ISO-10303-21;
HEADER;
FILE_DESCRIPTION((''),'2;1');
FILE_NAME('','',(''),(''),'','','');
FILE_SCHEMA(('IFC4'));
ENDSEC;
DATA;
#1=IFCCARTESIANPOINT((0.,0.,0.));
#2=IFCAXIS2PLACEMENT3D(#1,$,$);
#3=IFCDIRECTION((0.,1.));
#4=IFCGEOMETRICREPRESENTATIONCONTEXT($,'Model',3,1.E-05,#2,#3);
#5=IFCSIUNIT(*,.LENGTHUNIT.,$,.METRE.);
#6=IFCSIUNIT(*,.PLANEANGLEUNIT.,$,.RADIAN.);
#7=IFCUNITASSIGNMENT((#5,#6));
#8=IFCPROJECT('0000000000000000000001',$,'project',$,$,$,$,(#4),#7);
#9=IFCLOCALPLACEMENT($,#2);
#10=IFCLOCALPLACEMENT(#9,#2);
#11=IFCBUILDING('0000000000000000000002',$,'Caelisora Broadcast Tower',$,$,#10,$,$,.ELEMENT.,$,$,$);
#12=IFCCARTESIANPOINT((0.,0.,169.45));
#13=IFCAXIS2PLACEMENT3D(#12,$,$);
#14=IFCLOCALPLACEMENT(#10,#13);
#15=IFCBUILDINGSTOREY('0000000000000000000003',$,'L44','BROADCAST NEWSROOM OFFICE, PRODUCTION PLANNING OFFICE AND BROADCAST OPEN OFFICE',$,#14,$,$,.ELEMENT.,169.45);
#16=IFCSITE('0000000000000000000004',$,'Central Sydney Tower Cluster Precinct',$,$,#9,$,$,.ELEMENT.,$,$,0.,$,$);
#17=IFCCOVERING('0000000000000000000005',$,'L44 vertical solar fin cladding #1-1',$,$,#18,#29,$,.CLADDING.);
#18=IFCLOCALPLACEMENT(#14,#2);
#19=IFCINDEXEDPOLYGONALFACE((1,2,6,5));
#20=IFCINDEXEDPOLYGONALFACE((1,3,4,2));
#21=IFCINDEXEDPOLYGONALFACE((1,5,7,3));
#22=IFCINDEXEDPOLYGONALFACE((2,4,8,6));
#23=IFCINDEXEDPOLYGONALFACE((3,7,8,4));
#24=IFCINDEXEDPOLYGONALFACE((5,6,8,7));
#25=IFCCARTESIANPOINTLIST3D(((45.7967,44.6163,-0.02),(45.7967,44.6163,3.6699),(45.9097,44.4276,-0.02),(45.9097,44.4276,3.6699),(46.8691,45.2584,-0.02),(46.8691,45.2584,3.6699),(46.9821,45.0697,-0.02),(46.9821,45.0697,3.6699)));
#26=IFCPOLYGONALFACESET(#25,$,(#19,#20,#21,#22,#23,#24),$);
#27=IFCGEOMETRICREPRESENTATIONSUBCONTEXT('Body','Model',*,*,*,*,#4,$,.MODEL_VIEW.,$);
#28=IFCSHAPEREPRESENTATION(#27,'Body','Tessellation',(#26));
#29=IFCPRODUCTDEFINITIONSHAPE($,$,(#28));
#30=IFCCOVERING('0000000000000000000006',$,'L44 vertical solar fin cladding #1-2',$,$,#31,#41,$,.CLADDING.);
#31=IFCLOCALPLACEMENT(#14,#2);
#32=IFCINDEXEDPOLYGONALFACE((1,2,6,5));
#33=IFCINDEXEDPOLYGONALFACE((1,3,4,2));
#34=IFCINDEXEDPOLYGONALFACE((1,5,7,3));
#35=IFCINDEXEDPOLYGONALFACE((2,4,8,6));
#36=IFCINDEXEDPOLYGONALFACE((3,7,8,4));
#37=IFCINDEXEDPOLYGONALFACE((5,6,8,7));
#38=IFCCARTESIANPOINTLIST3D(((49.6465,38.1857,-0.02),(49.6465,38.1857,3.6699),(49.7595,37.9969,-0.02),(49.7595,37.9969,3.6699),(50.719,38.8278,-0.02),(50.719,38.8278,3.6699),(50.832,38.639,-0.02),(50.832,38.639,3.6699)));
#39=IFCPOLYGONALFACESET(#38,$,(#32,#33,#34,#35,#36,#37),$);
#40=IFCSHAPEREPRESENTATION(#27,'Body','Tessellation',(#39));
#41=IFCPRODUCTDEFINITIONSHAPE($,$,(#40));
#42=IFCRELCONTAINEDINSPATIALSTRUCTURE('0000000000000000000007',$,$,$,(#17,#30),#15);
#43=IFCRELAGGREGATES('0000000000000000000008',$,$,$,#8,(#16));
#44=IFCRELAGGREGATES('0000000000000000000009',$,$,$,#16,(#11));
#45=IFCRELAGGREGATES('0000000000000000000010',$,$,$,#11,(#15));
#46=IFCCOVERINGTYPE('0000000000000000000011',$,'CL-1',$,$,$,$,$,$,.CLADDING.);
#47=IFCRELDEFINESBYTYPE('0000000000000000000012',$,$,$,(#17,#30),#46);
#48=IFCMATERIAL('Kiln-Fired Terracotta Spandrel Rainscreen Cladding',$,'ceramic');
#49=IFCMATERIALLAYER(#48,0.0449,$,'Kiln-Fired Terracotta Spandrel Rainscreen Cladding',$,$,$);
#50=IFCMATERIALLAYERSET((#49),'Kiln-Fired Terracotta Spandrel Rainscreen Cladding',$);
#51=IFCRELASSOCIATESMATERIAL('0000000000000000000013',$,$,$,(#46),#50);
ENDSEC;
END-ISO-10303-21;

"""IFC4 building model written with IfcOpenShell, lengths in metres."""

from ifc_helpers import new_model, si_unit, direction, frame, origin, origin_2d, place, context, subcontext, project, spatial, rectangle, extrude, source, transform, mapped, material, layer, layer_set, type_object, type_shapes, element, save


model = new_model("IFC4")

# Units and contexts
model_context = context("Model", 3, precision=1e-05, world=origin(), true_north=direction((0.0, 1.0)))
body_context = subcontext(model_context, "Body", "Model", "MODEL_VIEW")
ifc_project = project(units=[si_unit("LENGTHUNIT", "METRE"), si_unit("PLANEANGLEUNIT", "RADIAN")], contexts=[model_context])

# Site, building, storey
site_placement = place(None, origin())
site = spatial("IfcSite", under=ifc_project, at=site_placement, Name="Central Sydney Tower Cluster Precinct", CompositionType="ELEMENT", RefElevation=0.0)
building_placement = place(site_placement, origin())
building = spatial("IfcBuilding", under=site, at=building_placement, Name="Caelisora Broadcast Tower", CompositionType="ELEMENT")
storey_placement = place(building_placement, frame((0.0, 0.0, 169.45)))
storey = spatial("IfcBuildingStorey", under=building, at=storey_placement, Name="L44", Description="BROADCAST NEWSROOM OFFICE, PRODUCTION PLANNING OFFICE AND BROADCAST OPEN OFFICE", CompositionType="ELEMENT", Elevation=169.45)

# Coverings
ifc_material_1 = material(Name="Kiln-Fired Terracotta Spandrel Rainscreen Cladding", Category="ceramic")
ifc_layer_1 = layer(ifc_material_1, 0.0449, Name="Kiln-Fired Terracotta Spandrel Rainscreen Cladding")
ifc_layer_set_1 = layer_set([ifc_layer_1], Name="Kiln-Fired Terracotta Spandrel Rainscreen Cladding")
covering_type = type_object("IfcCoveringType", Name="CL-1", PredefinedType="CLADDING", material=ifc_layer_set_1)
shared_shape_1 = source(origin(), body_context, "Body", "SweptSolid", [
    extrude(rectangle(XDim=0.22, YDim=1.25, at=origin_2d()), origin(), (0.0, 0.0, 1.0), 3.6899),
])
type_shapes(covering_type, [shared_shape_1])
for number, where, z_axis, x_axis, name in (
    (1, (46.3894, 44.843, -0.02), (0.0, 0.0, 1.0), (0.513691, -0.857975, 0.0), "L44 vertical solar fin cladding #1-1"),
    (2, (50.2393, 38.4124, -0.02), (0.0, 0.0, 1.0), (0.513691, -0.857975, 0.0), "L44 vertical solar fin cladding #1-2"),
):
    element("IfcCovering", number, at=place(storey_placement, frame(where, z_axis=z_axis, x_axis=x_axis)), inside=storey, type_object=covering_type, Name=name, PredefinedType="CLADDING", context=body_context, shape_type="MappedRepresentation", body=[
        mapped(shared_shape_1, transform((0.0, 0.0, 0.0), scale=1.0)),
    ])

save(model, "model.ifc")
